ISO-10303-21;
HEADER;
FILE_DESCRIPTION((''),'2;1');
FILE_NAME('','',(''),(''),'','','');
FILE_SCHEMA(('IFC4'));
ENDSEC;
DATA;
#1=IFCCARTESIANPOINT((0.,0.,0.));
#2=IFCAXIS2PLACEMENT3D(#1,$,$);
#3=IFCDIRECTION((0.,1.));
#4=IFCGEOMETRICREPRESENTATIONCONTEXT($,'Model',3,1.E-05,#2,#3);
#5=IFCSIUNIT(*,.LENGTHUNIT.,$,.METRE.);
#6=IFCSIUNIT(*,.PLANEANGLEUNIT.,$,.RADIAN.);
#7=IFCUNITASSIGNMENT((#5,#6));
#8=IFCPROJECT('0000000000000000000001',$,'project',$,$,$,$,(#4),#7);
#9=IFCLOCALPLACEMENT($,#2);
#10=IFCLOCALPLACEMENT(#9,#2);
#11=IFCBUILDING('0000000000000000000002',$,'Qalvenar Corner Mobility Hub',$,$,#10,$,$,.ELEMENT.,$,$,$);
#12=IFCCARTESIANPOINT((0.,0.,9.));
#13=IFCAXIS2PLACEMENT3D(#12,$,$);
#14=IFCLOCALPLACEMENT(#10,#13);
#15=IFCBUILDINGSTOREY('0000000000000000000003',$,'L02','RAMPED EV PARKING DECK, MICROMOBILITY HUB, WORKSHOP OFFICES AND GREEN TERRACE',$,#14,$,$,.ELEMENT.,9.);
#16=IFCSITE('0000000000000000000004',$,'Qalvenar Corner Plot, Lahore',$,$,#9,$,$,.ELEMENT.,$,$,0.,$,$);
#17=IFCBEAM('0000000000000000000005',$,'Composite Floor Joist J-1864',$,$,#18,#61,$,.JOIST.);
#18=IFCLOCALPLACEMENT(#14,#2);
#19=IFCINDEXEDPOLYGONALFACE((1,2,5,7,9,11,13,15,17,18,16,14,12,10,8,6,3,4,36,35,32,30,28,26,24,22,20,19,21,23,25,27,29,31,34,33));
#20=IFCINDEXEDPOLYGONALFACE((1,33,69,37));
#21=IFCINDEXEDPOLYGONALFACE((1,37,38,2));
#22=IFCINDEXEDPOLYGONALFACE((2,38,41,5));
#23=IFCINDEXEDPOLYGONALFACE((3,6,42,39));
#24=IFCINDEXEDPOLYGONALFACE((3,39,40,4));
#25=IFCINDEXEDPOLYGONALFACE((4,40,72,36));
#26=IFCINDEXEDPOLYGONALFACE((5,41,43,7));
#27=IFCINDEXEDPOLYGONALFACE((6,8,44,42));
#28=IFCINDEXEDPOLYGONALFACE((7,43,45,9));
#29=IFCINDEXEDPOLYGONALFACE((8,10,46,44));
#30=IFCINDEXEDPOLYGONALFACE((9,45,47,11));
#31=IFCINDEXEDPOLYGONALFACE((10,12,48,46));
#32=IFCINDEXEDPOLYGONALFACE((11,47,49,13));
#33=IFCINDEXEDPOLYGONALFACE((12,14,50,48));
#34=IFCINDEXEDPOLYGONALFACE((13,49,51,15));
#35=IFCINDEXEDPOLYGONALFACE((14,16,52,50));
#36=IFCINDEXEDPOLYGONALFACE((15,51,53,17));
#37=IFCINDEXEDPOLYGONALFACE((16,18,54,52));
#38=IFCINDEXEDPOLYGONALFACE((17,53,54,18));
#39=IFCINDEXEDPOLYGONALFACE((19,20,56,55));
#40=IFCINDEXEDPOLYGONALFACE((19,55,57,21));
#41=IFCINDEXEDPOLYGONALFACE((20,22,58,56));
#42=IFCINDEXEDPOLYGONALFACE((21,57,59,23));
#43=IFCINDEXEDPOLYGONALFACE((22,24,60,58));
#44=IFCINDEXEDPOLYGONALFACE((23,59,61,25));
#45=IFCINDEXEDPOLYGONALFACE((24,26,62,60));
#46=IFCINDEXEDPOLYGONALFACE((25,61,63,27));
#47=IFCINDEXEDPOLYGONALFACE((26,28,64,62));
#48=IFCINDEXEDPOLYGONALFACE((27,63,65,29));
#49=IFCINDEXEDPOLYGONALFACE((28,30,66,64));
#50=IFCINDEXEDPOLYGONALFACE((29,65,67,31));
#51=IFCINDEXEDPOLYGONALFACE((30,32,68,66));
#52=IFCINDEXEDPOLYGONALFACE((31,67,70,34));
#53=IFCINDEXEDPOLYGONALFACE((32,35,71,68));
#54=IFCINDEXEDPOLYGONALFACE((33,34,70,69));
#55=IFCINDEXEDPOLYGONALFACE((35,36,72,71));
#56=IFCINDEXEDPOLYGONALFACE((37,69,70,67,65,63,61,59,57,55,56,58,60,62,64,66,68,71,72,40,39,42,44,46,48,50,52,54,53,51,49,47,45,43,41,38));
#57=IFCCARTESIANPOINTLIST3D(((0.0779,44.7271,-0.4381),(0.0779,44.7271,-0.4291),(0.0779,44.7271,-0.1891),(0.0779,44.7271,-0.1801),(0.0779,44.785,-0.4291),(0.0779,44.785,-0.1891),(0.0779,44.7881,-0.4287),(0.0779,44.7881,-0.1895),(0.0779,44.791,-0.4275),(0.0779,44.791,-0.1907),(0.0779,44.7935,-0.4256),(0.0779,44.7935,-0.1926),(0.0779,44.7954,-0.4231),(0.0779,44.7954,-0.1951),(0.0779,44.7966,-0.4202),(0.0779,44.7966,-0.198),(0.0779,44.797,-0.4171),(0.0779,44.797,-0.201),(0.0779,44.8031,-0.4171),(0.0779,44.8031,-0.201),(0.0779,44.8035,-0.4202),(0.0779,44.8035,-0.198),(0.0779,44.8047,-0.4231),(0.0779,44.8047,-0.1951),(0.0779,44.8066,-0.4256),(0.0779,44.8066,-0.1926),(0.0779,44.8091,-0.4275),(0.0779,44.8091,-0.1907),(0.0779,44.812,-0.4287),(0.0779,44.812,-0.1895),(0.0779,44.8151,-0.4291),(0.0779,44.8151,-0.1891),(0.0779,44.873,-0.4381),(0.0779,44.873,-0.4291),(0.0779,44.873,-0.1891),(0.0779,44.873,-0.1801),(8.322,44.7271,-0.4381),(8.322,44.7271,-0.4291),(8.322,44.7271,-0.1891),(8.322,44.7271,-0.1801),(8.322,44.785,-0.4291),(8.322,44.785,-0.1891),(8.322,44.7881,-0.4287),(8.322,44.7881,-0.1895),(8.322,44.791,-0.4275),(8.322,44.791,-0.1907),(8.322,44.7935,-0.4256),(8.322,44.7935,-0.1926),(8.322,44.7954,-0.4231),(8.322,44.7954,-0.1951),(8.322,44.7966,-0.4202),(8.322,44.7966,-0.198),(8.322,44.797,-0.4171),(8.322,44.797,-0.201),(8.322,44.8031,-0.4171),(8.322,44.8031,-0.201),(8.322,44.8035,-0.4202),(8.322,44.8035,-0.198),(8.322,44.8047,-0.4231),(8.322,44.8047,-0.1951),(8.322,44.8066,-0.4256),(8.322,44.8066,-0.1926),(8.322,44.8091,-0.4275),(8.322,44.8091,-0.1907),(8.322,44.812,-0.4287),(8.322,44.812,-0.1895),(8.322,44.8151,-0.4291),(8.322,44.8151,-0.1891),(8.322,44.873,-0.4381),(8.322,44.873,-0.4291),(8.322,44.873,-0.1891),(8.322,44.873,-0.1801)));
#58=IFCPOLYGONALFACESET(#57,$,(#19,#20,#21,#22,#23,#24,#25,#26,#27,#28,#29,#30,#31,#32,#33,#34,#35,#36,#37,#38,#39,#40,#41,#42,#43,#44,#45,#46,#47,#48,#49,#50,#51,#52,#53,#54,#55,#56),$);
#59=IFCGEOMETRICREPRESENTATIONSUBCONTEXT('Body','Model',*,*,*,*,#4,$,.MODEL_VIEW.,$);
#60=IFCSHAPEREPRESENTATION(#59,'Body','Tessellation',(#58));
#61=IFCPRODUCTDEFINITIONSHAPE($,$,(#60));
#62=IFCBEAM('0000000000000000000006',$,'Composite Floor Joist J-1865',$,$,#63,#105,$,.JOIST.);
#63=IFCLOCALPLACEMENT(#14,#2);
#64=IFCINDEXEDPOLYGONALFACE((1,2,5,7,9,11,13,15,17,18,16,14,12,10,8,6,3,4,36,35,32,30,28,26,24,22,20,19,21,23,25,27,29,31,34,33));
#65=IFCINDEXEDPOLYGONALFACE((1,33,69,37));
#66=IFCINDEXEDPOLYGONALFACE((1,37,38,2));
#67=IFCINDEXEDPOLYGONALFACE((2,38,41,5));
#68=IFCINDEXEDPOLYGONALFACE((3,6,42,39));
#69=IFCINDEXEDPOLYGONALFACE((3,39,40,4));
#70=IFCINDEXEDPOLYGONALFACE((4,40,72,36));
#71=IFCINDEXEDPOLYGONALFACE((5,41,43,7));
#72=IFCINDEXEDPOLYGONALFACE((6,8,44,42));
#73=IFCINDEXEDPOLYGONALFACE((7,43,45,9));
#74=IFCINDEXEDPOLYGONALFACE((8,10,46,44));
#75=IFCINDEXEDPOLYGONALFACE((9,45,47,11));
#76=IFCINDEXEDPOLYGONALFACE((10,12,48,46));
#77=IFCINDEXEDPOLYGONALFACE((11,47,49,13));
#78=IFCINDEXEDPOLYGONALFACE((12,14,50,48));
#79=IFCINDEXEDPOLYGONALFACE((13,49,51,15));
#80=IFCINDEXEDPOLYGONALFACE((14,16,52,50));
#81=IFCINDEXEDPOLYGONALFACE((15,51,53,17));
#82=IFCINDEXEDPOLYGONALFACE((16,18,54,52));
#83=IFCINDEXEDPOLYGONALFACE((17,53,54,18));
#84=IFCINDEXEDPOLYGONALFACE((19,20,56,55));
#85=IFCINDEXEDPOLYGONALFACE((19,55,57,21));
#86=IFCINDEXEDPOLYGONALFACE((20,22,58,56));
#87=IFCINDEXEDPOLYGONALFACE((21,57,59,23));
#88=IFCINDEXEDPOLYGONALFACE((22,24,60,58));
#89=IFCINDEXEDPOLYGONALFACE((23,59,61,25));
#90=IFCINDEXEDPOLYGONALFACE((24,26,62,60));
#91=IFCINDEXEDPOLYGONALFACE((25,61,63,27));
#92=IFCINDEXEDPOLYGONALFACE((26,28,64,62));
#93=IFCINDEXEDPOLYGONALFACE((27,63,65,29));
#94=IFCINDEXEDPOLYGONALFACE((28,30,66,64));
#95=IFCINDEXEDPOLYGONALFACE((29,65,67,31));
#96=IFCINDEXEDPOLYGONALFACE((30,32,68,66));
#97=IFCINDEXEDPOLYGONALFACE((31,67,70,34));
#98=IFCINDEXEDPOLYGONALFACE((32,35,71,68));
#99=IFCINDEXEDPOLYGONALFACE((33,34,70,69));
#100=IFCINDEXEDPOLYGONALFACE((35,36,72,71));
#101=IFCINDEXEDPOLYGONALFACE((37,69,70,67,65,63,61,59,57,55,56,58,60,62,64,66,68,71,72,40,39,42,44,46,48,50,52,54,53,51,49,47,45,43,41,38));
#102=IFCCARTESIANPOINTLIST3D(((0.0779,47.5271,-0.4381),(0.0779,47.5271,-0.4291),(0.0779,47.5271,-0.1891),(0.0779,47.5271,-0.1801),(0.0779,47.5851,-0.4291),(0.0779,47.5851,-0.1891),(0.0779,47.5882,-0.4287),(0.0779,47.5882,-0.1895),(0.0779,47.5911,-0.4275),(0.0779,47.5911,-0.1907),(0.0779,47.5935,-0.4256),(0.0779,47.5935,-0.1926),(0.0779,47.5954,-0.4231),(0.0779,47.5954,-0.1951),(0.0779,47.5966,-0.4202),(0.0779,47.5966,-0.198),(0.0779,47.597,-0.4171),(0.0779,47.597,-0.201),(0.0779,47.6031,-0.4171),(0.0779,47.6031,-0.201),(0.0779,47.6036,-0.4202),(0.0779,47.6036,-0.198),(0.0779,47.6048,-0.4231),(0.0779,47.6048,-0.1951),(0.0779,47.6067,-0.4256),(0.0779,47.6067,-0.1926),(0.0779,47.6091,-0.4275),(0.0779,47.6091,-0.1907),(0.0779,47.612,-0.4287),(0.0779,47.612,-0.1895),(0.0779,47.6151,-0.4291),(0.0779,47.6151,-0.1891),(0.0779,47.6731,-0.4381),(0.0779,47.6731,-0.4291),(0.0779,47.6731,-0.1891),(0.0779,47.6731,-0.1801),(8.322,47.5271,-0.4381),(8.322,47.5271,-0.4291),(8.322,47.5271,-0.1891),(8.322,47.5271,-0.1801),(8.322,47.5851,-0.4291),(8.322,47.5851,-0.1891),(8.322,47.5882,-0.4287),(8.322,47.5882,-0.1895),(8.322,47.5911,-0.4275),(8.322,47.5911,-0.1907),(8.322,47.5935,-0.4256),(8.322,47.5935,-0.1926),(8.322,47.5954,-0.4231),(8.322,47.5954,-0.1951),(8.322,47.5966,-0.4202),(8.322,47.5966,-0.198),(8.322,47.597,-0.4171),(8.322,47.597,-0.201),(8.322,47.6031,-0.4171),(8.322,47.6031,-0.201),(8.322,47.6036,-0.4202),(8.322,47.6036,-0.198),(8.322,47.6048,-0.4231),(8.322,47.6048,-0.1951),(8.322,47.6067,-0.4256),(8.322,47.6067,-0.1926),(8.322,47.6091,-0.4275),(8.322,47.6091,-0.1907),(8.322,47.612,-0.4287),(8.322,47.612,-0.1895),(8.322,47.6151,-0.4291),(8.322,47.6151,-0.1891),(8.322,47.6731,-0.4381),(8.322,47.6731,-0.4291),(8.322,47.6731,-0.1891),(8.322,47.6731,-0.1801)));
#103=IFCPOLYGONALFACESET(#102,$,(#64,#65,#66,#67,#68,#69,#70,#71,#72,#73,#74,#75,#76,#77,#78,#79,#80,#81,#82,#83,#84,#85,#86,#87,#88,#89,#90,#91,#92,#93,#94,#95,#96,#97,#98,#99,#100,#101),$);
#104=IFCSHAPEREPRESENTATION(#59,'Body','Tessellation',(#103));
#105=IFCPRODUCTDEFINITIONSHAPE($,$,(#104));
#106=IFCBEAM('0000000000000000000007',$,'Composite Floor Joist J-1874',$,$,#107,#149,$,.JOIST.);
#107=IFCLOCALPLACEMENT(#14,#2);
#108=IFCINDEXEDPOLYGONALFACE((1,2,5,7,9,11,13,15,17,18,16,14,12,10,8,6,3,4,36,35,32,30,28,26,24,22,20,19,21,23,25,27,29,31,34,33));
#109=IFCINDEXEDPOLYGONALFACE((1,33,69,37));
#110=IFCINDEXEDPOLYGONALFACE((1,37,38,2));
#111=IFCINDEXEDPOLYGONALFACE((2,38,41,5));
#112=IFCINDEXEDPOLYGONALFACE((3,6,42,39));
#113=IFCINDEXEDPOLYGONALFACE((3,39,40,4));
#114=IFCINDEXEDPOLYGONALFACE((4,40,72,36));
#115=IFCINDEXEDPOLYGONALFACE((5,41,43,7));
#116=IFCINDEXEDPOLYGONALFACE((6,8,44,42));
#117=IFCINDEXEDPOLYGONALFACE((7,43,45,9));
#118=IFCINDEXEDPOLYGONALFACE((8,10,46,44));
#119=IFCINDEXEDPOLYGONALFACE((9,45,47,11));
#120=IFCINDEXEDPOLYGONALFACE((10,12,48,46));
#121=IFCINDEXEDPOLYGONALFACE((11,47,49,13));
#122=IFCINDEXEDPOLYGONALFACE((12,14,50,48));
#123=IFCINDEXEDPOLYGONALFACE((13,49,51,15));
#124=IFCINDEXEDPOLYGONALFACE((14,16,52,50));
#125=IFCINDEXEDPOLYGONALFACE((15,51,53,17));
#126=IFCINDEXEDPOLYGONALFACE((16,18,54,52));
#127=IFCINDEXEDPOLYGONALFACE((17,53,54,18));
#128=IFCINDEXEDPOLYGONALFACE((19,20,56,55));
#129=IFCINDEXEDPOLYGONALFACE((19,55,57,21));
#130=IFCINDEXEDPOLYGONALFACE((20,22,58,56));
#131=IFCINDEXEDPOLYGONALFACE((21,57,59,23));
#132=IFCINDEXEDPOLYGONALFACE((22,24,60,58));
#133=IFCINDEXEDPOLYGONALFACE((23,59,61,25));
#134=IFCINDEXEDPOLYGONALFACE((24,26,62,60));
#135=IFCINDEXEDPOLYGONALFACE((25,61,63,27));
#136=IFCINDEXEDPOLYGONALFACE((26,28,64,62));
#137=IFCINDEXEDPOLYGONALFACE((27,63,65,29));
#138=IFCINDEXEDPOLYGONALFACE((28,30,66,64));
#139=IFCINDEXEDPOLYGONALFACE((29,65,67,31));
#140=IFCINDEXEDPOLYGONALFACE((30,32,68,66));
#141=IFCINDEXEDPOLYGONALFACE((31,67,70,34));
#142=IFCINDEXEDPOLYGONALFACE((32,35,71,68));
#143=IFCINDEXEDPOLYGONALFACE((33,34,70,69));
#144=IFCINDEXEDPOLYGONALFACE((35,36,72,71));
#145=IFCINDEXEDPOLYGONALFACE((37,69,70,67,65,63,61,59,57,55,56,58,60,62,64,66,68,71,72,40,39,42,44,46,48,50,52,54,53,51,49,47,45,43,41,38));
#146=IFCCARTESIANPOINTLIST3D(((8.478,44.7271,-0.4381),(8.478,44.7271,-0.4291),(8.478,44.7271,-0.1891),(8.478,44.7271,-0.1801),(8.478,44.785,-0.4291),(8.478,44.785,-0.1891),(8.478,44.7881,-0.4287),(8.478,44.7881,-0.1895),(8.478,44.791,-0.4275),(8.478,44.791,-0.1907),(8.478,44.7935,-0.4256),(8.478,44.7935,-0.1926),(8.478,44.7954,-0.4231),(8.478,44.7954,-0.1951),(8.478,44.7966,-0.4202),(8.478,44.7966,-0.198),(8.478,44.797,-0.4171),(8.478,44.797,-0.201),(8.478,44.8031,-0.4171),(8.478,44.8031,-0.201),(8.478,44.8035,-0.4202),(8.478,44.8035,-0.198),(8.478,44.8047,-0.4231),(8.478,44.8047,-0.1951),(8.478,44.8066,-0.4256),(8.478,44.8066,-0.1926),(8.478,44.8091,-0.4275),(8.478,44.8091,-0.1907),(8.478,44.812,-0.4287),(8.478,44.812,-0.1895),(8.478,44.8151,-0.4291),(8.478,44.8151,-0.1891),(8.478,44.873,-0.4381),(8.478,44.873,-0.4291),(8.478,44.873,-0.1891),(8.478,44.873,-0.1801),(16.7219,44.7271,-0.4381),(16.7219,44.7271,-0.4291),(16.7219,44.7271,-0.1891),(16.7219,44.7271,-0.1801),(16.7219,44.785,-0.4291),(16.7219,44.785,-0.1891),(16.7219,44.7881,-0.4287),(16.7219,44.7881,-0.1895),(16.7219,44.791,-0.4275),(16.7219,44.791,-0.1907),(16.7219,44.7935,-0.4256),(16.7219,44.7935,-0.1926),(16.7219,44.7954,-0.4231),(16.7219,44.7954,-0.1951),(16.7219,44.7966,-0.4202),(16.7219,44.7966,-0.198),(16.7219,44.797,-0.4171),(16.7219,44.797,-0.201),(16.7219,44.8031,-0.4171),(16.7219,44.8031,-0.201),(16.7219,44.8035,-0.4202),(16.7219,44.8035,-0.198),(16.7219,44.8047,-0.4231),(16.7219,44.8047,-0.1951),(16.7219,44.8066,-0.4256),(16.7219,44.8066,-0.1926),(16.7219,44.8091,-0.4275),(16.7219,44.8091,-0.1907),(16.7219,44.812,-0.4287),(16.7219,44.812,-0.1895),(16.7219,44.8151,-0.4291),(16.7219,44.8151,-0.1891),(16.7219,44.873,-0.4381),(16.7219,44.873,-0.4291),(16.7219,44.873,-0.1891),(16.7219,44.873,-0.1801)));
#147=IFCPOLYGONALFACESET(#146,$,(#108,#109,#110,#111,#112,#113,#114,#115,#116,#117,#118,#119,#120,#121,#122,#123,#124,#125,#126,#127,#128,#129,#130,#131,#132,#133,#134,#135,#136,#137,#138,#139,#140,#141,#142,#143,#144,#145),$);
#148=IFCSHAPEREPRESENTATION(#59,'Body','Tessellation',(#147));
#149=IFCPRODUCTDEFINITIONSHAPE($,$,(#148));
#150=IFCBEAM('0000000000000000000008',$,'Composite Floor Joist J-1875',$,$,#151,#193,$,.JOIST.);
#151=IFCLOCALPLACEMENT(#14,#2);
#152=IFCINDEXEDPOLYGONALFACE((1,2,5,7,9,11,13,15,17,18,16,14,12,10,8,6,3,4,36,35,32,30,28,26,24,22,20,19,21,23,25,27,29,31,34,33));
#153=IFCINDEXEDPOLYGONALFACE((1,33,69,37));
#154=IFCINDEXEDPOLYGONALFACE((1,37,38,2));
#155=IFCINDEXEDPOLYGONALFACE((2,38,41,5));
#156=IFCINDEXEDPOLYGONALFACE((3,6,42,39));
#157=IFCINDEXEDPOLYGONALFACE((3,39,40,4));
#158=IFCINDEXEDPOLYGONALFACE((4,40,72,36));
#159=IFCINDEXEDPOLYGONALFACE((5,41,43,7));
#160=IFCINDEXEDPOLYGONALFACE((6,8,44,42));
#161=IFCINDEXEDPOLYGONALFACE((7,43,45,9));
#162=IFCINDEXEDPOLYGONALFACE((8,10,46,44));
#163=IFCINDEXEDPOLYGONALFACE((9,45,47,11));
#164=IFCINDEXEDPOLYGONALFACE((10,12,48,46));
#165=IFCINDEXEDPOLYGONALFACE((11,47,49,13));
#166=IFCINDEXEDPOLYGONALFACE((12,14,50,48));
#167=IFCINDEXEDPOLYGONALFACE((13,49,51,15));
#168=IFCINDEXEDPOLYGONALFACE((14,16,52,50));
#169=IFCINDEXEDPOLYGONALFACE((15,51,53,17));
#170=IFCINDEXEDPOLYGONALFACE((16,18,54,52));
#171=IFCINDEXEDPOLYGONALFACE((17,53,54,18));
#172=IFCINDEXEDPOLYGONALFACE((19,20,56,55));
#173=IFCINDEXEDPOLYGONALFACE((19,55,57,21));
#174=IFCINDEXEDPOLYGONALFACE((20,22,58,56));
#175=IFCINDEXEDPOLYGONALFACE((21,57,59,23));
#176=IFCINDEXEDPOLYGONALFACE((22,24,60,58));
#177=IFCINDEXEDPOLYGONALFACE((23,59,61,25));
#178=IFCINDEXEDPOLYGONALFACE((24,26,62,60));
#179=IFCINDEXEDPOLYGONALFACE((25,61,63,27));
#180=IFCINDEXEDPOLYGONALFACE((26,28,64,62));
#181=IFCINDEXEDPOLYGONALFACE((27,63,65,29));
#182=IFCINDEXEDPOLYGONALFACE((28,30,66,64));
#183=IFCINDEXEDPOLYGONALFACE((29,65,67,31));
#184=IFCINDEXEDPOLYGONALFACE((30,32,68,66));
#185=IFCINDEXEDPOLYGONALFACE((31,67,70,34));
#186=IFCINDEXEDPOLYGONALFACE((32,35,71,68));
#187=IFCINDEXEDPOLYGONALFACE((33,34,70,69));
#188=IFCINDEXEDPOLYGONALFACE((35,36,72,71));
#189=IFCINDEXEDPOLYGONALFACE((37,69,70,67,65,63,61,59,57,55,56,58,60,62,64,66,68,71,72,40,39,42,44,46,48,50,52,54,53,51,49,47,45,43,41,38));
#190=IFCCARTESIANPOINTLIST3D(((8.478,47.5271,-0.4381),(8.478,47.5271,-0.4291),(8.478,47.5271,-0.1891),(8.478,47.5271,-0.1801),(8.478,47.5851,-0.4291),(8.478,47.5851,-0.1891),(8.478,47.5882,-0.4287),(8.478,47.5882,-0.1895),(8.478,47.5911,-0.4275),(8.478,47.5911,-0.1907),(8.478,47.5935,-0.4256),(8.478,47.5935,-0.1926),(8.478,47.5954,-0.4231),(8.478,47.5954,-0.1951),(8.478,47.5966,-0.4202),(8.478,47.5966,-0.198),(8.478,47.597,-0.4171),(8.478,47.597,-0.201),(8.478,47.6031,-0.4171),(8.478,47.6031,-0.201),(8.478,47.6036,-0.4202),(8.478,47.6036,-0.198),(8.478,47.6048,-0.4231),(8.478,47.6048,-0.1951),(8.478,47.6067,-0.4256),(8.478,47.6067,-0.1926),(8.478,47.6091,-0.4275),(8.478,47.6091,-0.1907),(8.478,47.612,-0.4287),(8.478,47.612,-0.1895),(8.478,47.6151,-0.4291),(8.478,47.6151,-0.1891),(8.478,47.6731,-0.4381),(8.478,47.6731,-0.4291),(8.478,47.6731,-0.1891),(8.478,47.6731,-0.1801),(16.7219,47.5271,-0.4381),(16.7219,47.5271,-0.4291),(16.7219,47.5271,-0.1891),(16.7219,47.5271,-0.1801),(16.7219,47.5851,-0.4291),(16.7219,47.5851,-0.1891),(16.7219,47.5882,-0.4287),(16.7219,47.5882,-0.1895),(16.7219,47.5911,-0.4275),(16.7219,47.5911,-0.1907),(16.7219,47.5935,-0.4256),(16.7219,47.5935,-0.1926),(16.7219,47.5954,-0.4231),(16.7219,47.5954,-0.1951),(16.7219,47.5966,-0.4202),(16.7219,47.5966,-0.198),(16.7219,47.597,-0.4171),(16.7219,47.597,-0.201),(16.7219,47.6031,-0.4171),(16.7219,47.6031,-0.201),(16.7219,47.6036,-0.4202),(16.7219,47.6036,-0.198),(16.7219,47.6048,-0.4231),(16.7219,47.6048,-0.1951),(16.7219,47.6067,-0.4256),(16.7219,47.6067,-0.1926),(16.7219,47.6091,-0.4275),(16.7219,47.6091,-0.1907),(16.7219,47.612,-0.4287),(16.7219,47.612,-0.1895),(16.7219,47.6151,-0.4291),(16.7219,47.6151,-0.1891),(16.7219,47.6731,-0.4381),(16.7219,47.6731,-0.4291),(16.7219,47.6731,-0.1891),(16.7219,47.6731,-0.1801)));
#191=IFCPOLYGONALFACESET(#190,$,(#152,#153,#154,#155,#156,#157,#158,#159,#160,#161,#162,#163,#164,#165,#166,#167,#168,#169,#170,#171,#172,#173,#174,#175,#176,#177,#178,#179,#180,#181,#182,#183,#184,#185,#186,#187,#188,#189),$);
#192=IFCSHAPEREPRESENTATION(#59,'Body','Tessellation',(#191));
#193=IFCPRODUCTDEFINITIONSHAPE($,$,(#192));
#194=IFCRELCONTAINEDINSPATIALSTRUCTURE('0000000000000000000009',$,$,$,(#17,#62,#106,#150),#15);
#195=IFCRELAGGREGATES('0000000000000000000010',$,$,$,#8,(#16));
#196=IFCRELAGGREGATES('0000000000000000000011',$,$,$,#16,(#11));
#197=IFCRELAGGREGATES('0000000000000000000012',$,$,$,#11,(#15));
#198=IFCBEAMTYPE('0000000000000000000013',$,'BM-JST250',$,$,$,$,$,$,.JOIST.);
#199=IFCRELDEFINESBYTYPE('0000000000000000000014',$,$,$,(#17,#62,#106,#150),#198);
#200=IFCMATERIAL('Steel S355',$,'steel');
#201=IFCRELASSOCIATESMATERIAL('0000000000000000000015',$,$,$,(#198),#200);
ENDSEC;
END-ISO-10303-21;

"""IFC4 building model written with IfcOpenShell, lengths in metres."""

from ifc_helpers import new_model, si_unit, direction, frame, origin, origin_2d, place, context, subcontext, project, spatial, i_section, extrude, material, material_profile, profile_set, type_object, element, save


model = new_model("IFC4")

# Units and contexts
model_context = context("Model", 3, precision=1e-05, world=origin(), true_north=direction((0.0, 1.0)))
body_context = subcontext(model_context, "Body", "Model", "MODEL_VIEW")
ifc_project = project(units=[si_unit("LENGTHUNIT", "METRE"), si_unit("PLANEANGLEUNIT", "RADIAN")], contexts=[model_context])

# Site, building, storey
site_placement = place(None, origin())
site = spatial("IfcSite", under=ifc_project, at=site_placement, Name="Qalvenar Corner Plot, Lahore", CompositionType="ELEMENT", RefElevation=0.0)
building_placement = place(site_placement, origin())
building = spatial("IfcBuilding", under=site, at=building_placement, Name="Qalvenar Corner Mobility Hub", CompositionType="ELEMENT")
storey_placement = place(building_placement, frame((0.0, 0.0, 9.0)))
storey = spatial("IfcBuildingStorey", under=building, at=storey_placement, Name="L02", Description="RAMPED EV PARKING DECK, MICROMOBILITY HUB, WORKSHOP OFFICES AND GREEN TERRACE", CompositionType="ELEMENT", Elevation=9.0)

# Beams
ifc_material_1 = material(Name="Steel S355", Category="steel")
ifc_material_profile_1 = material_profile(ifc_material_1, i_section(OverallWidth=0.146, OverallDepth=0.2581, WebThickness=0.0061, FlangeThickness=0.009, FilletRadius=0.012, at=origin_2d()), Name="W250x32.7")
ifc_profile_set_1 = profile_set([ifc_material_profile_1], Name="Steel S355")
beam_type = type_object("IfcBeamType", Name="BM-JST250", PredefinedType="JOIST", material=ifc_profile_set_1)
for number, where, z_axis, x_axis, name in (
    (1, (0.0779, 44.8, -0.3091), (1.0, 0.0, 0.0), (0.0, 1.0, 0.0), "Composite Floor Joist J-1864"),
    (2, (0.0779, 47.6001, -0.3091), (1.0, 0.0, 0.0), (0.0, 1.0, 0.0), "Composite Floor Joist J-1865"),
):
    element("IfcBeam", number, at=place(storey_placement, frame(where, z_axis=z_axis, x_axis=x_axis)), inside=storey, type_object=beam_type, Name=name, PredefinedType="JOIST", context=body_context, shape_type="SweptSolid", body=[
        extrude(i_section(OverallWidth=0.146, OverallDepth=0.2581, WebThickness=0.0061, FlangeThickness=0.009, FilletRadius=0.012, at=origin_2d()), origin(), (0.0, 0.0, 1.0), 8.2441),
    ])
for number, where, z_axis, x_axis, name in (
    (3, (8.478, 44.8, -0.3091), (1.0, 0.0, 0.0), (0.0, 1.0, 0.0), "Composite Floor Joist J-1874"),
    (4, (8.478, 47.6001, -0.3091), (1.0, 0.0, 0.0), (0.0, 1.0, 0.0), "Composite Floor Joist J-1875"),
):
    element("IfcBeam", number, at=place(storey_placement, frame(where, z_axis=z_axis, x_axis=x_axis)), inside=storey, type_object=beam_type, Name=name, PredefinedType="JOIST", context=body_context, shape_type="SweptSolid", body=[
        extrude(i_section(OverallWidth=0.146, OverallDepth=0.2581, WebThickness=0.0061, FlangeThickness=0.009, FilletRadius=0.012, at=origin_2d()), origin(), (0.0, 0.0, 1.0), 8.2439),
    ])

save(model, "model.ifc")
